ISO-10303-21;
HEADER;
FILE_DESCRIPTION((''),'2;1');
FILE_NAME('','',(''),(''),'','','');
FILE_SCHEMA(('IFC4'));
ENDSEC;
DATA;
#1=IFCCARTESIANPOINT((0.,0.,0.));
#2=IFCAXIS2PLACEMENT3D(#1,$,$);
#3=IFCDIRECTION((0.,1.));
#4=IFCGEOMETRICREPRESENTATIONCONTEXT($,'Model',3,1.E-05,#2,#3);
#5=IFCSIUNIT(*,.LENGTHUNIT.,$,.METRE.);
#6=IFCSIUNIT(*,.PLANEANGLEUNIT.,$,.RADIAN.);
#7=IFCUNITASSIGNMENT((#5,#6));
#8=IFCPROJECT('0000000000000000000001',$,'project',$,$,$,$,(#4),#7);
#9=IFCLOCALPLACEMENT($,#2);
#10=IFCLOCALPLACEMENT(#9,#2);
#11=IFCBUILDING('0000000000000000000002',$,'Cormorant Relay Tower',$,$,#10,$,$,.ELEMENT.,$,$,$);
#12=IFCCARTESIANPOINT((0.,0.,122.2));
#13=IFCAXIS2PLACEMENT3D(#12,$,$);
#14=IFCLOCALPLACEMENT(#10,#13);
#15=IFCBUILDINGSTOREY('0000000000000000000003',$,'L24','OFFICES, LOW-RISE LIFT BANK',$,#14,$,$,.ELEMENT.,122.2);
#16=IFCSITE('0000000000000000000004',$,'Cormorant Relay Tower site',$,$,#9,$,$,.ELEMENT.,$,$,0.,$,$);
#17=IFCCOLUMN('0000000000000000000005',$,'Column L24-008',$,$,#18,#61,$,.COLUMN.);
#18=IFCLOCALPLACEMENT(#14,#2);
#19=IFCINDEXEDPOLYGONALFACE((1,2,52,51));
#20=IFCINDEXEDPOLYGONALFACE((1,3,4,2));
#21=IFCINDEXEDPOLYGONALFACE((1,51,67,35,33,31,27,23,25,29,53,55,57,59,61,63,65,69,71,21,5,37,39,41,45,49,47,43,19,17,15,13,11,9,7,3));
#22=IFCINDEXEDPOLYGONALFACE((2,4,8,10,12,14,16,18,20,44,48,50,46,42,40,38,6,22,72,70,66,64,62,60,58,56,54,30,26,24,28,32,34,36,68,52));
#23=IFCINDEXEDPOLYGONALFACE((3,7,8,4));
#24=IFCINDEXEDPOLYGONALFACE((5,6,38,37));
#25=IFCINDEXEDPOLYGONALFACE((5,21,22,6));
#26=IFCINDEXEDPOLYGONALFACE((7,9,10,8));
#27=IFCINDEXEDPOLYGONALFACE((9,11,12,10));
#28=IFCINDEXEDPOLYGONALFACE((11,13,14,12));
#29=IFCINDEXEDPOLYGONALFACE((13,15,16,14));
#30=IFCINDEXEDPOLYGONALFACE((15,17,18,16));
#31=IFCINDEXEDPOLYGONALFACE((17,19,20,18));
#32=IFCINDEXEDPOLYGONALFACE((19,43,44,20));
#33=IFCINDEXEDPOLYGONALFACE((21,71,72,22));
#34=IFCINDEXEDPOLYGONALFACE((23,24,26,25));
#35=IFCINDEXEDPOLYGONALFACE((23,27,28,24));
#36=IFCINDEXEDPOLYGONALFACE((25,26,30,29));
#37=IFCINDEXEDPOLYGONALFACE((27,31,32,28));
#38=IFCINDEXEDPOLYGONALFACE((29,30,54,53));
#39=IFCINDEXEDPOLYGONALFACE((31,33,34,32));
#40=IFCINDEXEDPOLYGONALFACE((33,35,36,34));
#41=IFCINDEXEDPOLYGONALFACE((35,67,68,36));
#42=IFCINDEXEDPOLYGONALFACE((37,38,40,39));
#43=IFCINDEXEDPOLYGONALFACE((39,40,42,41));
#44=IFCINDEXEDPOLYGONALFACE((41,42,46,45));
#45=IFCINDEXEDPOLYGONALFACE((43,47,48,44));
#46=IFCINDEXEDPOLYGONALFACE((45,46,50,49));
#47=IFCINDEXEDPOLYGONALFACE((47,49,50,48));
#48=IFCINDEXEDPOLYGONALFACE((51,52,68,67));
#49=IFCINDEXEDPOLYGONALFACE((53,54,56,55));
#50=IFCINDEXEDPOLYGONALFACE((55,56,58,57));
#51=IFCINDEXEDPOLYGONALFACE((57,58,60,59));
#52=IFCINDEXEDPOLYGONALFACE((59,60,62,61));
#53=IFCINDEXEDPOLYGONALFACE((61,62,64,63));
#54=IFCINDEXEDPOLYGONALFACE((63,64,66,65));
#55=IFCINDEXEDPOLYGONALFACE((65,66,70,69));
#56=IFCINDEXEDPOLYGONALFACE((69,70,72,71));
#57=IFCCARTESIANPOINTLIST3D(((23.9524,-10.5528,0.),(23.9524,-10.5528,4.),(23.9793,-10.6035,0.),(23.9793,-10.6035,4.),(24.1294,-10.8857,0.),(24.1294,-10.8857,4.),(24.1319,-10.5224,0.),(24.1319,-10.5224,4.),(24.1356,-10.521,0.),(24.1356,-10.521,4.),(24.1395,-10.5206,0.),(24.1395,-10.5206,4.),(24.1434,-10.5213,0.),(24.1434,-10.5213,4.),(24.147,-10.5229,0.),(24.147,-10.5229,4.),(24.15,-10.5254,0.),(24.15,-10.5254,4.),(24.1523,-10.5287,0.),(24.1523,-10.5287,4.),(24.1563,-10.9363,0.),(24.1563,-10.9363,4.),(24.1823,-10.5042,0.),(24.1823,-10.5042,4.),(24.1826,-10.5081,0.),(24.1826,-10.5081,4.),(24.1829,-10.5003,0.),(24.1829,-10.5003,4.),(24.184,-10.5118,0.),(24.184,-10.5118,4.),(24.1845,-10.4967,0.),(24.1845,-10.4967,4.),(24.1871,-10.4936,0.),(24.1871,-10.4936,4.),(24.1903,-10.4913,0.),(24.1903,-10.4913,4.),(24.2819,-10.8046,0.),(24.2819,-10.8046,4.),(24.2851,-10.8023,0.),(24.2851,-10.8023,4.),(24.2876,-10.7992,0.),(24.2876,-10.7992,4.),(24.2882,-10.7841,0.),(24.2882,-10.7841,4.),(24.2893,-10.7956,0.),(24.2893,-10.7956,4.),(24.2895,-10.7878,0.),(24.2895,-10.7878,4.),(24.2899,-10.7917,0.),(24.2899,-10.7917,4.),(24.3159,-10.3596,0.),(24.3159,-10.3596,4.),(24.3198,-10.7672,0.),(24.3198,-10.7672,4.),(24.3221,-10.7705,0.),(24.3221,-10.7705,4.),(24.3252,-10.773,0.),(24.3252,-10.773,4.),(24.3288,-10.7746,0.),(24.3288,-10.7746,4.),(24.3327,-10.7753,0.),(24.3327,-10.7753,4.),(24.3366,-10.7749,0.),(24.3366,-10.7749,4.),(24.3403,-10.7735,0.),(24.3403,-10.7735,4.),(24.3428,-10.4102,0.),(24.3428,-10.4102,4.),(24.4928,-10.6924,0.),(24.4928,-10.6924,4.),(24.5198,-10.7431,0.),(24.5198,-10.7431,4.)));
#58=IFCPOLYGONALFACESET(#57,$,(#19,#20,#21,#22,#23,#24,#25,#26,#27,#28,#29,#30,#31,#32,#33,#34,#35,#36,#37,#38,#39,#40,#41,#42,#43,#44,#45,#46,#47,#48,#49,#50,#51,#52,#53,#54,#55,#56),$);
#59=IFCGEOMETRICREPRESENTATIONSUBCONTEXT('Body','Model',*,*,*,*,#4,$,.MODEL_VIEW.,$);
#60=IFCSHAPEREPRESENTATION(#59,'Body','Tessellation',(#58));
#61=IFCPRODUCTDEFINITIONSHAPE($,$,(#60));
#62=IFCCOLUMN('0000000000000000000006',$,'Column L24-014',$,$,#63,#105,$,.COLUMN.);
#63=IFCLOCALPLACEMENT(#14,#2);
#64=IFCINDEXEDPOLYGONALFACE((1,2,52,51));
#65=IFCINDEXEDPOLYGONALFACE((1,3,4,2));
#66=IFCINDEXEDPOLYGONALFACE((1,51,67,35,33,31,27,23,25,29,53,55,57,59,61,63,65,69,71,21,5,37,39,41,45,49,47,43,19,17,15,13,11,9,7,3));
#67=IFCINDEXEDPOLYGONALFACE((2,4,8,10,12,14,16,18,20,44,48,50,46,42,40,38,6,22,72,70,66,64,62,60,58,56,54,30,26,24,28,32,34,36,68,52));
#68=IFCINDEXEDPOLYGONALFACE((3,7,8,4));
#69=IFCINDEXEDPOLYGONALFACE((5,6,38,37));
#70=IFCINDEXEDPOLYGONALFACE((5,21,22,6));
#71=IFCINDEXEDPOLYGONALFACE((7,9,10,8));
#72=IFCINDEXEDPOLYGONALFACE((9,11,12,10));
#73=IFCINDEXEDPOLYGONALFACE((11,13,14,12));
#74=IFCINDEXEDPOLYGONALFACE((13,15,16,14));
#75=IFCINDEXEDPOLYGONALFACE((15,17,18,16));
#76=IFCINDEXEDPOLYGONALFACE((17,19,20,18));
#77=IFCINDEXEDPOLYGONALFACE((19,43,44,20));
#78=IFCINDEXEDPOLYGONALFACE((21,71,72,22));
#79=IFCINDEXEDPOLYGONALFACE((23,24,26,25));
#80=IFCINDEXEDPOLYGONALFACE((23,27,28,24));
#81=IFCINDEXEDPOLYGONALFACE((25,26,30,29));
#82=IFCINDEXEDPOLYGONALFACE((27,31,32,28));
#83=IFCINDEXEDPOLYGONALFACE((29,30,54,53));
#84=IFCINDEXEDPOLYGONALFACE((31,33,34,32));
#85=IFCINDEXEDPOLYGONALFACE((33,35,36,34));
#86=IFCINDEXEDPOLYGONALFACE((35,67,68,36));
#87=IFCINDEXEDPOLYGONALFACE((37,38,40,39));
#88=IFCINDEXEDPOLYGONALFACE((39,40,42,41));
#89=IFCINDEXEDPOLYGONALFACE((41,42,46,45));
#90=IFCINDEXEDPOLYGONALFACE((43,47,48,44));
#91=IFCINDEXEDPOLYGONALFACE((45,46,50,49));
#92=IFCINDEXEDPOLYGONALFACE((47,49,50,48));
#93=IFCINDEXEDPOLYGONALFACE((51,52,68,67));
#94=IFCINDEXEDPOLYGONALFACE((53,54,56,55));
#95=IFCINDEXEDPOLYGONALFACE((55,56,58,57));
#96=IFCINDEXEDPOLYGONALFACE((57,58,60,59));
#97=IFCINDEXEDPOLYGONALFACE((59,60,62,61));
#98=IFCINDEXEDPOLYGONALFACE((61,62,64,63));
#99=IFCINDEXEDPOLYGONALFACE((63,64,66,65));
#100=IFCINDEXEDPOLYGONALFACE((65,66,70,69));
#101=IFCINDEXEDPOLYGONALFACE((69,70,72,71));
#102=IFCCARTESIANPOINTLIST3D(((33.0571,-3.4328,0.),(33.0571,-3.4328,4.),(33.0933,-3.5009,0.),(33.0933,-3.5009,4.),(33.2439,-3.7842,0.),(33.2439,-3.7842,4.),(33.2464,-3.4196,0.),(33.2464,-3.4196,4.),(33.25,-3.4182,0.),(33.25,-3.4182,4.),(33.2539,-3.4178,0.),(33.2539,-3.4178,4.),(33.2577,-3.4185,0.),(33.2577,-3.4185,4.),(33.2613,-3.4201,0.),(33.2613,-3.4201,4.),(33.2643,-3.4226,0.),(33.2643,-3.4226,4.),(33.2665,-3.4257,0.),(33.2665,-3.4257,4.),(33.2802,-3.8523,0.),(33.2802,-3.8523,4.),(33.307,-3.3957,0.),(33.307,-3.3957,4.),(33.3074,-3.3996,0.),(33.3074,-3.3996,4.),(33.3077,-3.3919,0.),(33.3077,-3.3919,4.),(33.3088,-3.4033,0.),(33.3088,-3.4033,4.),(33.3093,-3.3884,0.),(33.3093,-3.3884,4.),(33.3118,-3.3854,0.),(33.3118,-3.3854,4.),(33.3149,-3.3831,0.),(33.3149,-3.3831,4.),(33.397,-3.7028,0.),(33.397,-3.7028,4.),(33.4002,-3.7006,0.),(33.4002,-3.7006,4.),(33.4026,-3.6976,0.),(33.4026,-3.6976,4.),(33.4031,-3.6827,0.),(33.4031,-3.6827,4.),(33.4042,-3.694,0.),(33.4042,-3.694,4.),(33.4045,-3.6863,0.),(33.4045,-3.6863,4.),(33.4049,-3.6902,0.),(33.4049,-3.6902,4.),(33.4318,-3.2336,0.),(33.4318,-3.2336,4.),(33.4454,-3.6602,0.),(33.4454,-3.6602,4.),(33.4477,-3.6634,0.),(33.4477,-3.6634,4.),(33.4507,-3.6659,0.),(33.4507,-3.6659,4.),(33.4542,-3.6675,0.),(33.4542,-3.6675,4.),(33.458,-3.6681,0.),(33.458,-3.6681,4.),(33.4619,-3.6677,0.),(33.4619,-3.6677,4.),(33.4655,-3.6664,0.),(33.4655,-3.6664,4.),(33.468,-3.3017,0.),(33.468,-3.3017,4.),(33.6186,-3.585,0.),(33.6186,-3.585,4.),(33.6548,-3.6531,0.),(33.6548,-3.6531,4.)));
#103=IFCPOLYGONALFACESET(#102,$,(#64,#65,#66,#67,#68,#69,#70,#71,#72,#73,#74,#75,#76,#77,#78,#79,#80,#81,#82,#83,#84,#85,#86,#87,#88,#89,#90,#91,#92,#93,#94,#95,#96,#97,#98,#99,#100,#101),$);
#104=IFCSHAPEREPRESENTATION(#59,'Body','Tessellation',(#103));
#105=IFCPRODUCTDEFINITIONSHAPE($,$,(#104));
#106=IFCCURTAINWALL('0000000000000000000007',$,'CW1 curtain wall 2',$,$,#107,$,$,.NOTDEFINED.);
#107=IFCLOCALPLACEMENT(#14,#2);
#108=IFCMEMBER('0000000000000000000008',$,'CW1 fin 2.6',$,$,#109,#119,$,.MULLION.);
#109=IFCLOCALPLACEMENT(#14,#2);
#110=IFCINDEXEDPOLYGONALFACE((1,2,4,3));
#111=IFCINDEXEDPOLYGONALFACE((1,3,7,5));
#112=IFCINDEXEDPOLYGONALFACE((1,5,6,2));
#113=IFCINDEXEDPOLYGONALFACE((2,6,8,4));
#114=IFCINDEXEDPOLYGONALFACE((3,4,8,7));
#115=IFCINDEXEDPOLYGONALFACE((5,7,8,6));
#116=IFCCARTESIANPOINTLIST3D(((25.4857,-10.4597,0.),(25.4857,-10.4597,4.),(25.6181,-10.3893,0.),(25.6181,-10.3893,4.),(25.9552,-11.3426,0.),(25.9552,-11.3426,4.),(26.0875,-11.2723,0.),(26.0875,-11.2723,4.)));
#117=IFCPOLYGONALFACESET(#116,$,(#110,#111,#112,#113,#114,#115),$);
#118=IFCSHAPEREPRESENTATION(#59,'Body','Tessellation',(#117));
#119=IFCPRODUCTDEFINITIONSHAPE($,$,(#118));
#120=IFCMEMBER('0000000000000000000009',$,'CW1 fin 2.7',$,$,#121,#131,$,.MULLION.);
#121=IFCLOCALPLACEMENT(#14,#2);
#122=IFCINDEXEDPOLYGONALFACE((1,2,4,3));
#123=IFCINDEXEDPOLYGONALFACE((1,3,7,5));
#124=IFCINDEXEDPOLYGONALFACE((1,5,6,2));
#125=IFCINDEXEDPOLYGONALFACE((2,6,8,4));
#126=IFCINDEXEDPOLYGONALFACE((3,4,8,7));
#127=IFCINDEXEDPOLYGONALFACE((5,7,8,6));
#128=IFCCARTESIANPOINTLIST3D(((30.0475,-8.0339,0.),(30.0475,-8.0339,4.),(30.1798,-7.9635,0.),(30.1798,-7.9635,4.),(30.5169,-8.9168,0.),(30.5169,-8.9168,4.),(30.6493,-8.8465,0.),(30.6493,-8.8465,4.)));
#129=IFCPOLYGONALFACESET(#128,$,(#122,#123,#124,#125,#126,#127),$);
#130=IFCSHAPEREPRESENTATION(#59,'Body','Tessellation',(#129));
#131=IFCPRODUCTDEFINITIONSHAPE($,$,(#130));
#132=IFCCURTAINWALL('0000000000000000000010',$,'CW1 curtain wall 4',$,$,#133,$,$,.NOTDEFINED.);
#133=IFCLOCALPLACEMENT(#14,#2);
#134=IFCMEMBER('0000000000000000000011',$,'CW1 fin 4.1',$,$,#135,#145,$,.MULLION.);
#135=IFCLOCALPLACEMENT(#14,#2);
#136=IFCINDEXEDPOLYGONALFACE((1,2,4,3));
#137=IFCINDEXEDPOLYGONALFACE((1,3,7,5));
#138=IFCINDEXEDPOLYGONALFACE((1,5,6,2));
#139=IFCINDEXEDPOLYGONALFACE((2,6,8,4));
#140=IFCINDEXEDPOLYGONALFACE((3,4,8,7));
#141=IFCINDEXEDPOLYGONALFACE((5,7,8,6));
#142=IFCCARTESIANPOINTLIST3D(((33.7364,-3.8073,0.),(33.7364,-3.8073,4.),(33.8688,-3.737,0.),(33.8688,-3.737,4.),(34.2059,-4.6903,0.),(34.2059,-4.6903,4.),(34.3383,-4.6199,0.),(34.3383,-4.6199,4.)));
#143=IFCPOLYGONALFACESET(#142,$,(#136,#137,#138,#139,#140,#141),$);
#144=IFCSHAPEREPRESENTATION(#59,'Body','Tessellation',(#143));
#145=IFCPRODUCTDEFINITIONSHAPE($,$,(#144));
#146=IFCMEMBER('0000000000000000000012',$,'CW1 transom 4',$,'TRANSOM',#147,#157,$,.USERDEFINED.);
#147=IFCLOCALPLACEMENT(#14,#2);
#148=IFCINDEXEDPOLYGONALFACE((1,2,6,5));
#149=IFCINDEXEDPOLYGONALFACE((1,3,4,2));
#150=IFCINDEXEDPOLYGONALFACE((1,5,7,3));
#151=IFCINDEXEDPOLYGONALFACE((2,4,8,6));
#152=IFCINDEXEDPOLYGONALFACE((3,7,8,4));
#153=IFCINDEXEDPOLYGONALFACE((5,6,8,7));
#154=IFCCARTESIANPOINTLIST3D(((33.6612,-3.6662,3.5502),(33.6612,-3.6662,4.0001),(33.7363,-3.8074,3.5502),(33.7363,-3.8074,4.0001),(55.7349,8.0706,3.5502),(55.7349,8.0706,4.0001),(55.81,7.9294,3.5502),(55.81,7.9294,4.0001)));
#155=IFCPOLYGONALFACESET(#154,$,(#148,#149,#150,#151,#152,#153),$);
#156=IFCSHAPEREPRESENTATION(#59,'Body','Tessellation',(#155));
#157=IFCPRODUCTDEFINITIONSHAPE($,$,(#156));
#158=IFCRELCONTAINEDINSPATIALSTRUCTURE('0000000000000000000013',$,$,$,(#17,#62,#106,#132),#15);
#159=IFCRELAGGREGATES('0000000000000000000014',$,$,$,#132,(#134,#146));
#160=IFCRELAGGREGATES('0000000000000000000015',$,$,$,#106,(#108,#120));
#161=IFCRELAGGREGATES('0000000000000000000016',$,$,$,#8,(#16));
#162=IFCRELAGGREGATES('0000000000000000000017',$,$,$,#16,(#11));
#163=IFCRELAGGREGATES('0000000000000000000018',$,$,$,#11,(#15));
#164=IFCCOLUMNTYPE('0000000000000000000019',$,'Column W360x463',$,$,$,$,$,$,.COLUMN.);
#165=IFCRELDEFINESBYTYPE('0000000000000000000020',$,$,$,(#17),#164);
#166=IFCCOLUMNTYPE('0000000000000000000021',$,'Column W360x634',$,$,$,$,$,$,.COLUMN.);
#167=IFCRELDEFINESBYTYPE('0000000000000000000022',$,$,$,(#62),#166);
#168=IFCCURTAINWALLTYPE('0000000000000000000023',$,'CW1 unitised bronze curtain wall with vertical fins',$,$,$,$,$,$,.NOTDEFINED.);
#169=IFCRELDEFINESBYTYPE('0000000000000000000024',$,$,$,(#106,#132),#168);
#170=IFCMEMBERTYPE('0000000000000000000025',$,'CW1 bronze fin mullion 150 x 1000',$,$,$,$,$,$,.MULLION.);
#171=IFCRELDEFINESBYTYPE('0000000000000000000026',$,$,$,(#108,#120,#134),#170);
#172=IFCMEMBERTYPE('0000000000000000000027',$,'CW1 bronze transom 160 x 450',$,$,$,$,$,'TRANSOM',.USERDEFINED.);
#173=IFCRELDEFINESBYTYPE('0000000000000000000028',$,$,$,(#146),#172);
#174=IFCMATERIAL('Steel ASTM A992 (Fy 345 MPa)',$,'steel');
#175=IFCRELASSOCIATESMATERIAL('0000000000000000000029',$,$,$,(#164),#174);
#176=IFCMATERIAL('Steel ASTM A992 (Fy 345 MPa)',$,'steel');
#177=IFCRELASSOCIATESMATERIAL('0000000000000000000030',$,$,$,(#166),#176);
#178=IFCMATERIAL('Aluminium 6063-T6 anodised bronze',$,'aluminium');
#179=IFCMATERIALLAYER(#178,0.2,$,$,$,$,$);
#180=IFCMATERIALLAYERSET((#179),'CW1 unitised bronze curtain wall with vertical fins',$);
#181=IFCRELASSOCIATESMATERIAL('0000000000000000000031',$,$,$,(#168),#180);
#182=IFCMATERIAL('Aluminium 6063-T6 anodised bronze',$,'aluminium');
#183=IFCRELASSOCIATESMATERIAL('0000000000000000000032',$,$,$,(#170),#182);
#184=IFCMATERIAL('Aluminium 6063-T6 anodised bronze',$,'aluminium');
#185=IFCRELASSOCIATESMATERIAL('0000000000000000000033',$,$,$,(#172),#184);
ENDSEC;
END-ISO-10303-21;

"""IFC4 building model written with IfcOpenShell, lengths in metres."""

from ifc_helpers import new_model, si_unit, direction, frame, origin, origin_2d, place, context, subcontext, project, spatial, rectangle, i_section, extrude, material, layer, layer_set, material_profile, profile_set, type_object, element, aggregate, save


model = new_model("IFC4")

# Units and contexts
model_context = context("Model", 3, precision=1e-05, world=origin(), true_north=direction((0.0, 1.0)))
body_context = subcontext(model_context, "Body", "Model", "MODEL_VIEW")
ifc_project = project(units=[si_unit("LENGTHUNIT", "METRE"), si_unit("PLANEANGLEUNIT", "RADIAN")], contexts=[model_context])

# Site, building, storey
site_placement = place(None, origin())
site = spatial("IfcSite", under=ifc_project, at=site_placement, Name="Cormorant Relay Tower site", CompositionType="ELEMENT", RefElevation=0.0)
building_placement = place(site_placement, origin())
building = spatial("IfcBuilding", under=site, at=building_placement, Name="Cormorant Relay Tower", CompositionType="ELEMENT")
storey_placement = place(building_placement, frame((0.0, 0.0, 122.2)))
storey = spatial("IfcBuildingStorey", under=building, at=storey_placement, Name="L24", Description="OFFICES, LOW-RISE LIFT BANK", CompositionType="ELEMENT", Elevation=122.2)

# Columns
ifc_material_1 = material(Name="Steel ASTM A992 (Fy 345 MPa)", Category="steel")
ifc_material_profile_1 = material_profile(ifc_material_1, i_section(OverallWidth=0.4116, OverallDepth=0.4343, WebThickness=0.0359, FlangeThickness=0.0574, FilletRadius=0.0151, at=origin_2d()), Name="W360x463")
ifc_profile_set_1 = profile_set([ifc_material_profile_1], Name="Steel ASTM A992 (Fy 345 MPa)")
column_type_1 = type_object("IfcColumnType", Name="Column W360x463", PredefinedType="COLUMN", material=ifc_profile_set_1)
column_1_placement = place(storey_placement, frame((24.2361, -10.6479, 0.0), z_axis=(0.0, 0.0, 1.0), x_axis=(0.882948, 0.469472, 0.0)))
element("IfcColumn", 1, at=column_1_placement, inside=storey, type_object=column_type_1, Name="Column L24-008", PredefinedType="COLUMN", context=body_context, shape_type="SweptSolid", body=[
    extrude(i_section(OverallWidth=0.4116, OverallDepth=0.4343, WebThickness=0.0359, FlangeThickness=0.0574, FilletRadius=0.0151, at=origin_2d()), origin(), (0.0, 0.0, 1.0), 4.0),
])
ifc_material_2 = material(Name="Steel ASTM A992 (Fy 345 MPa)", Category="steel")
ifc_material_profile_2 = material_profile(ifc_material_2, i_section(OverallWidth=0.4243, OverallDepth=0.4751, WebThickness=0.0479, FlangeThickness=0.0771, FilletRadius=0.0149, at=origin_2d()), Name="W360x634")
ifc_profile_set_2 = profile_set([ifc_material_profile_2], Name="Steel ASTM A992 (Fy 345 MPa)")
column_type_2 = type_object("IfcColumnType", Name="Column W360x634", PredefinedType="COLUMN", material=ifc_profile_set_2)
column_2_placement = place(storey_placement, frame((33.356, -3.543, 0.0), z_axis=(0.0, 0.0, 1.0), x_axis=(0.882948, 0.469472, 0.0)))
element("IfcColumn", 2, at=column_2_placement, inside=storey, type_object=column_type_2, Name="Column L24-014", PredefinedType="COLUMN", context=body_context, shape_type="SweptSolid", body=[
    extrude(i_section(OverallWidth=0.4243, OverallDepth=0.4751, WebThickness=0.0479, FlangeThickness=0.0771, FilletRadius=0.0149, at=origin_2d()), origin(), (0.0, 0.0, 1.0), 4.0),
])

# Curtain walls, members
ifc_material_3 = material(Name="Aluminium 6063-T6 anodised bronze", Category="aluminium")
ifc_layer_1 = layer(ifc_material_3, 0.2)
ifc_layer_set_1 = layer_set([ifc_layer_1], Name="CW1 unitised bronze curtain wall with vertical fins")
curtain_wall_type = type_object("IfcCurtainWallType", Name="CW1 unitised bronze curtain wall with vertical fins", PredefinedType="NOTDEFINED", material=ifc_layer_set_1)
curtain_wall_1_placement = place(storey_placement, origin())
curtain_wall_1 = element("IfcCurtainWall", 3, at=curtain_wall_1_placement, inside=storey, type_object=curtain_wall_type, Name="CW1 curtain wall 2", PredefinedType="NOTDEFINED")
ifc_material_4 = material(Name="Aluminium 6063-T6 anodised bronze", Category="aluminium")
ifc_material_profile_3 = material_profile(ifc_material_4, rectangle(XDim=0.1499, YDim=1.0, at=origin_2d()), Name="AL 150x1000")
ifc_profile_set_3 = profile_set([ifc_material_profile_3], Name="Aluminium 6063-T6 anodised bronze")
member_type_1 = type_object("IfcMemberType", Name="CW1 bronze fin mullion 150 x 1000", PredefinedType="MULLION", material=ifc_profile_set_3)
member_1_placement = place(storey_placement, frame((25.7866, -10.866, 0.0), z_axis=(0.0, 0.0, 1.0), x_axis=(0.882948, 0.469472, 0.0)))
member_1 = element("IfcMember", 4, at=member_1_placement, type_object=member_type_1, Name="CW1 fin 2.6", PredefinedType="MULLION", context=body_context, shape_type="SweptSolid", body=[
    extrude(rectangle(XDim=0.1499, YDim=1.0, at=origin_2d()), origin(), (0.0, 0.0, 1.0), 4.0),
])
member_2_placement = place(storey_placement, frame((30.3484, -8.4402, 0.0), z_axis=(0.0, 0.0, 1.0), x_axis=(0.882948, 0.469472, 0.0)))
member_2 = element("IfcMember", 5, at=member_2_placement, type_object=member_type_1, Name="CW1 fin 2.7", PredefinedType="MULLION", context=body_context, shape_type="SweptSolid", body=[
    extrude(rectangle(XDim=0.1499, YDim=1.0, at=origin_2d()), origin(), (0.0, 0.0, 1.0), 4.0),
])
curtain_wall_2_placement = place(storey_placement, origin())
curtain_wall_2 = element("IfcCurtainWall", 6, at=curtain_wall_2_placement, inside=storey, type_object=curtain_wall_type, Name="CW1 curtain wall 4", PredefinedType="NOTDEFINED")
member_3_placement = place(storey_placement, frame((34.0374, -4.2136, 0.0), z_axis=(0.0, 0.0, 1.0), x_axis=(0.882948, 0.469472, 0.0)))
member_3 = element("IfcMember", 7, at=member_3_placement, type_object=member_type_1, Name="CW1 fin 4.1", PredefinedType="MULLION", context=body_context, shape_type="SweptSolid", body=[
    extrude(rectangle(XDim=0.1499, YDim=1.0, at=origin_2d()), origin(), (0.0, 0.0, 1.0), 4.0),
])
ifc_material_5 = material(Name="Aluminium 6063-T6 anodised bronze", Category="aluminium")
ifc_material_profile_4 = material_profile(ifc_material_5, rectangle(XDim=0.1599, YDim=0.45, at=origin_2d()), Name="AL 160x450")
ifc_profile_set_4 = profile_set([ifc_material_profile_4], Name="Aluminium 6063-T6 anodised bronze")
member_type_2 = type_object("IfcMemberType", Name="CW1 bronze transom 160 x 450", ElementType="TRANSOM", PredefinedType="USERDEFINED", material=ifc_profile_set_4)
member_4_placement = place(storey_placement, frame((33.6987, -3.7368, 3.7751), z_axis=(0.882947, 0.469472, 0.0), x_axis=(-0.469472, 0.882947, 0.0)))
member_4 = element("IfcMember", 8, at=member_4_placement, type_object=member_type_2, Name="CW1 transom 4", ObjectType="TRANSOM", PredefinedType="USERDEFINED", context=body_context, shape_type="SweptSolid", body=[
    extrude(rectangle(XDim=0.1599, YDim=0.45, at=origin_2d()), origin(), (0.0, 0.0, 1.0), 25.0),
])
aggregate(curtain_wall_2, [member_3, member_4])

aggregate(curtain_wall_1, [member_1, member_2])

save(model, "model.ifc")
